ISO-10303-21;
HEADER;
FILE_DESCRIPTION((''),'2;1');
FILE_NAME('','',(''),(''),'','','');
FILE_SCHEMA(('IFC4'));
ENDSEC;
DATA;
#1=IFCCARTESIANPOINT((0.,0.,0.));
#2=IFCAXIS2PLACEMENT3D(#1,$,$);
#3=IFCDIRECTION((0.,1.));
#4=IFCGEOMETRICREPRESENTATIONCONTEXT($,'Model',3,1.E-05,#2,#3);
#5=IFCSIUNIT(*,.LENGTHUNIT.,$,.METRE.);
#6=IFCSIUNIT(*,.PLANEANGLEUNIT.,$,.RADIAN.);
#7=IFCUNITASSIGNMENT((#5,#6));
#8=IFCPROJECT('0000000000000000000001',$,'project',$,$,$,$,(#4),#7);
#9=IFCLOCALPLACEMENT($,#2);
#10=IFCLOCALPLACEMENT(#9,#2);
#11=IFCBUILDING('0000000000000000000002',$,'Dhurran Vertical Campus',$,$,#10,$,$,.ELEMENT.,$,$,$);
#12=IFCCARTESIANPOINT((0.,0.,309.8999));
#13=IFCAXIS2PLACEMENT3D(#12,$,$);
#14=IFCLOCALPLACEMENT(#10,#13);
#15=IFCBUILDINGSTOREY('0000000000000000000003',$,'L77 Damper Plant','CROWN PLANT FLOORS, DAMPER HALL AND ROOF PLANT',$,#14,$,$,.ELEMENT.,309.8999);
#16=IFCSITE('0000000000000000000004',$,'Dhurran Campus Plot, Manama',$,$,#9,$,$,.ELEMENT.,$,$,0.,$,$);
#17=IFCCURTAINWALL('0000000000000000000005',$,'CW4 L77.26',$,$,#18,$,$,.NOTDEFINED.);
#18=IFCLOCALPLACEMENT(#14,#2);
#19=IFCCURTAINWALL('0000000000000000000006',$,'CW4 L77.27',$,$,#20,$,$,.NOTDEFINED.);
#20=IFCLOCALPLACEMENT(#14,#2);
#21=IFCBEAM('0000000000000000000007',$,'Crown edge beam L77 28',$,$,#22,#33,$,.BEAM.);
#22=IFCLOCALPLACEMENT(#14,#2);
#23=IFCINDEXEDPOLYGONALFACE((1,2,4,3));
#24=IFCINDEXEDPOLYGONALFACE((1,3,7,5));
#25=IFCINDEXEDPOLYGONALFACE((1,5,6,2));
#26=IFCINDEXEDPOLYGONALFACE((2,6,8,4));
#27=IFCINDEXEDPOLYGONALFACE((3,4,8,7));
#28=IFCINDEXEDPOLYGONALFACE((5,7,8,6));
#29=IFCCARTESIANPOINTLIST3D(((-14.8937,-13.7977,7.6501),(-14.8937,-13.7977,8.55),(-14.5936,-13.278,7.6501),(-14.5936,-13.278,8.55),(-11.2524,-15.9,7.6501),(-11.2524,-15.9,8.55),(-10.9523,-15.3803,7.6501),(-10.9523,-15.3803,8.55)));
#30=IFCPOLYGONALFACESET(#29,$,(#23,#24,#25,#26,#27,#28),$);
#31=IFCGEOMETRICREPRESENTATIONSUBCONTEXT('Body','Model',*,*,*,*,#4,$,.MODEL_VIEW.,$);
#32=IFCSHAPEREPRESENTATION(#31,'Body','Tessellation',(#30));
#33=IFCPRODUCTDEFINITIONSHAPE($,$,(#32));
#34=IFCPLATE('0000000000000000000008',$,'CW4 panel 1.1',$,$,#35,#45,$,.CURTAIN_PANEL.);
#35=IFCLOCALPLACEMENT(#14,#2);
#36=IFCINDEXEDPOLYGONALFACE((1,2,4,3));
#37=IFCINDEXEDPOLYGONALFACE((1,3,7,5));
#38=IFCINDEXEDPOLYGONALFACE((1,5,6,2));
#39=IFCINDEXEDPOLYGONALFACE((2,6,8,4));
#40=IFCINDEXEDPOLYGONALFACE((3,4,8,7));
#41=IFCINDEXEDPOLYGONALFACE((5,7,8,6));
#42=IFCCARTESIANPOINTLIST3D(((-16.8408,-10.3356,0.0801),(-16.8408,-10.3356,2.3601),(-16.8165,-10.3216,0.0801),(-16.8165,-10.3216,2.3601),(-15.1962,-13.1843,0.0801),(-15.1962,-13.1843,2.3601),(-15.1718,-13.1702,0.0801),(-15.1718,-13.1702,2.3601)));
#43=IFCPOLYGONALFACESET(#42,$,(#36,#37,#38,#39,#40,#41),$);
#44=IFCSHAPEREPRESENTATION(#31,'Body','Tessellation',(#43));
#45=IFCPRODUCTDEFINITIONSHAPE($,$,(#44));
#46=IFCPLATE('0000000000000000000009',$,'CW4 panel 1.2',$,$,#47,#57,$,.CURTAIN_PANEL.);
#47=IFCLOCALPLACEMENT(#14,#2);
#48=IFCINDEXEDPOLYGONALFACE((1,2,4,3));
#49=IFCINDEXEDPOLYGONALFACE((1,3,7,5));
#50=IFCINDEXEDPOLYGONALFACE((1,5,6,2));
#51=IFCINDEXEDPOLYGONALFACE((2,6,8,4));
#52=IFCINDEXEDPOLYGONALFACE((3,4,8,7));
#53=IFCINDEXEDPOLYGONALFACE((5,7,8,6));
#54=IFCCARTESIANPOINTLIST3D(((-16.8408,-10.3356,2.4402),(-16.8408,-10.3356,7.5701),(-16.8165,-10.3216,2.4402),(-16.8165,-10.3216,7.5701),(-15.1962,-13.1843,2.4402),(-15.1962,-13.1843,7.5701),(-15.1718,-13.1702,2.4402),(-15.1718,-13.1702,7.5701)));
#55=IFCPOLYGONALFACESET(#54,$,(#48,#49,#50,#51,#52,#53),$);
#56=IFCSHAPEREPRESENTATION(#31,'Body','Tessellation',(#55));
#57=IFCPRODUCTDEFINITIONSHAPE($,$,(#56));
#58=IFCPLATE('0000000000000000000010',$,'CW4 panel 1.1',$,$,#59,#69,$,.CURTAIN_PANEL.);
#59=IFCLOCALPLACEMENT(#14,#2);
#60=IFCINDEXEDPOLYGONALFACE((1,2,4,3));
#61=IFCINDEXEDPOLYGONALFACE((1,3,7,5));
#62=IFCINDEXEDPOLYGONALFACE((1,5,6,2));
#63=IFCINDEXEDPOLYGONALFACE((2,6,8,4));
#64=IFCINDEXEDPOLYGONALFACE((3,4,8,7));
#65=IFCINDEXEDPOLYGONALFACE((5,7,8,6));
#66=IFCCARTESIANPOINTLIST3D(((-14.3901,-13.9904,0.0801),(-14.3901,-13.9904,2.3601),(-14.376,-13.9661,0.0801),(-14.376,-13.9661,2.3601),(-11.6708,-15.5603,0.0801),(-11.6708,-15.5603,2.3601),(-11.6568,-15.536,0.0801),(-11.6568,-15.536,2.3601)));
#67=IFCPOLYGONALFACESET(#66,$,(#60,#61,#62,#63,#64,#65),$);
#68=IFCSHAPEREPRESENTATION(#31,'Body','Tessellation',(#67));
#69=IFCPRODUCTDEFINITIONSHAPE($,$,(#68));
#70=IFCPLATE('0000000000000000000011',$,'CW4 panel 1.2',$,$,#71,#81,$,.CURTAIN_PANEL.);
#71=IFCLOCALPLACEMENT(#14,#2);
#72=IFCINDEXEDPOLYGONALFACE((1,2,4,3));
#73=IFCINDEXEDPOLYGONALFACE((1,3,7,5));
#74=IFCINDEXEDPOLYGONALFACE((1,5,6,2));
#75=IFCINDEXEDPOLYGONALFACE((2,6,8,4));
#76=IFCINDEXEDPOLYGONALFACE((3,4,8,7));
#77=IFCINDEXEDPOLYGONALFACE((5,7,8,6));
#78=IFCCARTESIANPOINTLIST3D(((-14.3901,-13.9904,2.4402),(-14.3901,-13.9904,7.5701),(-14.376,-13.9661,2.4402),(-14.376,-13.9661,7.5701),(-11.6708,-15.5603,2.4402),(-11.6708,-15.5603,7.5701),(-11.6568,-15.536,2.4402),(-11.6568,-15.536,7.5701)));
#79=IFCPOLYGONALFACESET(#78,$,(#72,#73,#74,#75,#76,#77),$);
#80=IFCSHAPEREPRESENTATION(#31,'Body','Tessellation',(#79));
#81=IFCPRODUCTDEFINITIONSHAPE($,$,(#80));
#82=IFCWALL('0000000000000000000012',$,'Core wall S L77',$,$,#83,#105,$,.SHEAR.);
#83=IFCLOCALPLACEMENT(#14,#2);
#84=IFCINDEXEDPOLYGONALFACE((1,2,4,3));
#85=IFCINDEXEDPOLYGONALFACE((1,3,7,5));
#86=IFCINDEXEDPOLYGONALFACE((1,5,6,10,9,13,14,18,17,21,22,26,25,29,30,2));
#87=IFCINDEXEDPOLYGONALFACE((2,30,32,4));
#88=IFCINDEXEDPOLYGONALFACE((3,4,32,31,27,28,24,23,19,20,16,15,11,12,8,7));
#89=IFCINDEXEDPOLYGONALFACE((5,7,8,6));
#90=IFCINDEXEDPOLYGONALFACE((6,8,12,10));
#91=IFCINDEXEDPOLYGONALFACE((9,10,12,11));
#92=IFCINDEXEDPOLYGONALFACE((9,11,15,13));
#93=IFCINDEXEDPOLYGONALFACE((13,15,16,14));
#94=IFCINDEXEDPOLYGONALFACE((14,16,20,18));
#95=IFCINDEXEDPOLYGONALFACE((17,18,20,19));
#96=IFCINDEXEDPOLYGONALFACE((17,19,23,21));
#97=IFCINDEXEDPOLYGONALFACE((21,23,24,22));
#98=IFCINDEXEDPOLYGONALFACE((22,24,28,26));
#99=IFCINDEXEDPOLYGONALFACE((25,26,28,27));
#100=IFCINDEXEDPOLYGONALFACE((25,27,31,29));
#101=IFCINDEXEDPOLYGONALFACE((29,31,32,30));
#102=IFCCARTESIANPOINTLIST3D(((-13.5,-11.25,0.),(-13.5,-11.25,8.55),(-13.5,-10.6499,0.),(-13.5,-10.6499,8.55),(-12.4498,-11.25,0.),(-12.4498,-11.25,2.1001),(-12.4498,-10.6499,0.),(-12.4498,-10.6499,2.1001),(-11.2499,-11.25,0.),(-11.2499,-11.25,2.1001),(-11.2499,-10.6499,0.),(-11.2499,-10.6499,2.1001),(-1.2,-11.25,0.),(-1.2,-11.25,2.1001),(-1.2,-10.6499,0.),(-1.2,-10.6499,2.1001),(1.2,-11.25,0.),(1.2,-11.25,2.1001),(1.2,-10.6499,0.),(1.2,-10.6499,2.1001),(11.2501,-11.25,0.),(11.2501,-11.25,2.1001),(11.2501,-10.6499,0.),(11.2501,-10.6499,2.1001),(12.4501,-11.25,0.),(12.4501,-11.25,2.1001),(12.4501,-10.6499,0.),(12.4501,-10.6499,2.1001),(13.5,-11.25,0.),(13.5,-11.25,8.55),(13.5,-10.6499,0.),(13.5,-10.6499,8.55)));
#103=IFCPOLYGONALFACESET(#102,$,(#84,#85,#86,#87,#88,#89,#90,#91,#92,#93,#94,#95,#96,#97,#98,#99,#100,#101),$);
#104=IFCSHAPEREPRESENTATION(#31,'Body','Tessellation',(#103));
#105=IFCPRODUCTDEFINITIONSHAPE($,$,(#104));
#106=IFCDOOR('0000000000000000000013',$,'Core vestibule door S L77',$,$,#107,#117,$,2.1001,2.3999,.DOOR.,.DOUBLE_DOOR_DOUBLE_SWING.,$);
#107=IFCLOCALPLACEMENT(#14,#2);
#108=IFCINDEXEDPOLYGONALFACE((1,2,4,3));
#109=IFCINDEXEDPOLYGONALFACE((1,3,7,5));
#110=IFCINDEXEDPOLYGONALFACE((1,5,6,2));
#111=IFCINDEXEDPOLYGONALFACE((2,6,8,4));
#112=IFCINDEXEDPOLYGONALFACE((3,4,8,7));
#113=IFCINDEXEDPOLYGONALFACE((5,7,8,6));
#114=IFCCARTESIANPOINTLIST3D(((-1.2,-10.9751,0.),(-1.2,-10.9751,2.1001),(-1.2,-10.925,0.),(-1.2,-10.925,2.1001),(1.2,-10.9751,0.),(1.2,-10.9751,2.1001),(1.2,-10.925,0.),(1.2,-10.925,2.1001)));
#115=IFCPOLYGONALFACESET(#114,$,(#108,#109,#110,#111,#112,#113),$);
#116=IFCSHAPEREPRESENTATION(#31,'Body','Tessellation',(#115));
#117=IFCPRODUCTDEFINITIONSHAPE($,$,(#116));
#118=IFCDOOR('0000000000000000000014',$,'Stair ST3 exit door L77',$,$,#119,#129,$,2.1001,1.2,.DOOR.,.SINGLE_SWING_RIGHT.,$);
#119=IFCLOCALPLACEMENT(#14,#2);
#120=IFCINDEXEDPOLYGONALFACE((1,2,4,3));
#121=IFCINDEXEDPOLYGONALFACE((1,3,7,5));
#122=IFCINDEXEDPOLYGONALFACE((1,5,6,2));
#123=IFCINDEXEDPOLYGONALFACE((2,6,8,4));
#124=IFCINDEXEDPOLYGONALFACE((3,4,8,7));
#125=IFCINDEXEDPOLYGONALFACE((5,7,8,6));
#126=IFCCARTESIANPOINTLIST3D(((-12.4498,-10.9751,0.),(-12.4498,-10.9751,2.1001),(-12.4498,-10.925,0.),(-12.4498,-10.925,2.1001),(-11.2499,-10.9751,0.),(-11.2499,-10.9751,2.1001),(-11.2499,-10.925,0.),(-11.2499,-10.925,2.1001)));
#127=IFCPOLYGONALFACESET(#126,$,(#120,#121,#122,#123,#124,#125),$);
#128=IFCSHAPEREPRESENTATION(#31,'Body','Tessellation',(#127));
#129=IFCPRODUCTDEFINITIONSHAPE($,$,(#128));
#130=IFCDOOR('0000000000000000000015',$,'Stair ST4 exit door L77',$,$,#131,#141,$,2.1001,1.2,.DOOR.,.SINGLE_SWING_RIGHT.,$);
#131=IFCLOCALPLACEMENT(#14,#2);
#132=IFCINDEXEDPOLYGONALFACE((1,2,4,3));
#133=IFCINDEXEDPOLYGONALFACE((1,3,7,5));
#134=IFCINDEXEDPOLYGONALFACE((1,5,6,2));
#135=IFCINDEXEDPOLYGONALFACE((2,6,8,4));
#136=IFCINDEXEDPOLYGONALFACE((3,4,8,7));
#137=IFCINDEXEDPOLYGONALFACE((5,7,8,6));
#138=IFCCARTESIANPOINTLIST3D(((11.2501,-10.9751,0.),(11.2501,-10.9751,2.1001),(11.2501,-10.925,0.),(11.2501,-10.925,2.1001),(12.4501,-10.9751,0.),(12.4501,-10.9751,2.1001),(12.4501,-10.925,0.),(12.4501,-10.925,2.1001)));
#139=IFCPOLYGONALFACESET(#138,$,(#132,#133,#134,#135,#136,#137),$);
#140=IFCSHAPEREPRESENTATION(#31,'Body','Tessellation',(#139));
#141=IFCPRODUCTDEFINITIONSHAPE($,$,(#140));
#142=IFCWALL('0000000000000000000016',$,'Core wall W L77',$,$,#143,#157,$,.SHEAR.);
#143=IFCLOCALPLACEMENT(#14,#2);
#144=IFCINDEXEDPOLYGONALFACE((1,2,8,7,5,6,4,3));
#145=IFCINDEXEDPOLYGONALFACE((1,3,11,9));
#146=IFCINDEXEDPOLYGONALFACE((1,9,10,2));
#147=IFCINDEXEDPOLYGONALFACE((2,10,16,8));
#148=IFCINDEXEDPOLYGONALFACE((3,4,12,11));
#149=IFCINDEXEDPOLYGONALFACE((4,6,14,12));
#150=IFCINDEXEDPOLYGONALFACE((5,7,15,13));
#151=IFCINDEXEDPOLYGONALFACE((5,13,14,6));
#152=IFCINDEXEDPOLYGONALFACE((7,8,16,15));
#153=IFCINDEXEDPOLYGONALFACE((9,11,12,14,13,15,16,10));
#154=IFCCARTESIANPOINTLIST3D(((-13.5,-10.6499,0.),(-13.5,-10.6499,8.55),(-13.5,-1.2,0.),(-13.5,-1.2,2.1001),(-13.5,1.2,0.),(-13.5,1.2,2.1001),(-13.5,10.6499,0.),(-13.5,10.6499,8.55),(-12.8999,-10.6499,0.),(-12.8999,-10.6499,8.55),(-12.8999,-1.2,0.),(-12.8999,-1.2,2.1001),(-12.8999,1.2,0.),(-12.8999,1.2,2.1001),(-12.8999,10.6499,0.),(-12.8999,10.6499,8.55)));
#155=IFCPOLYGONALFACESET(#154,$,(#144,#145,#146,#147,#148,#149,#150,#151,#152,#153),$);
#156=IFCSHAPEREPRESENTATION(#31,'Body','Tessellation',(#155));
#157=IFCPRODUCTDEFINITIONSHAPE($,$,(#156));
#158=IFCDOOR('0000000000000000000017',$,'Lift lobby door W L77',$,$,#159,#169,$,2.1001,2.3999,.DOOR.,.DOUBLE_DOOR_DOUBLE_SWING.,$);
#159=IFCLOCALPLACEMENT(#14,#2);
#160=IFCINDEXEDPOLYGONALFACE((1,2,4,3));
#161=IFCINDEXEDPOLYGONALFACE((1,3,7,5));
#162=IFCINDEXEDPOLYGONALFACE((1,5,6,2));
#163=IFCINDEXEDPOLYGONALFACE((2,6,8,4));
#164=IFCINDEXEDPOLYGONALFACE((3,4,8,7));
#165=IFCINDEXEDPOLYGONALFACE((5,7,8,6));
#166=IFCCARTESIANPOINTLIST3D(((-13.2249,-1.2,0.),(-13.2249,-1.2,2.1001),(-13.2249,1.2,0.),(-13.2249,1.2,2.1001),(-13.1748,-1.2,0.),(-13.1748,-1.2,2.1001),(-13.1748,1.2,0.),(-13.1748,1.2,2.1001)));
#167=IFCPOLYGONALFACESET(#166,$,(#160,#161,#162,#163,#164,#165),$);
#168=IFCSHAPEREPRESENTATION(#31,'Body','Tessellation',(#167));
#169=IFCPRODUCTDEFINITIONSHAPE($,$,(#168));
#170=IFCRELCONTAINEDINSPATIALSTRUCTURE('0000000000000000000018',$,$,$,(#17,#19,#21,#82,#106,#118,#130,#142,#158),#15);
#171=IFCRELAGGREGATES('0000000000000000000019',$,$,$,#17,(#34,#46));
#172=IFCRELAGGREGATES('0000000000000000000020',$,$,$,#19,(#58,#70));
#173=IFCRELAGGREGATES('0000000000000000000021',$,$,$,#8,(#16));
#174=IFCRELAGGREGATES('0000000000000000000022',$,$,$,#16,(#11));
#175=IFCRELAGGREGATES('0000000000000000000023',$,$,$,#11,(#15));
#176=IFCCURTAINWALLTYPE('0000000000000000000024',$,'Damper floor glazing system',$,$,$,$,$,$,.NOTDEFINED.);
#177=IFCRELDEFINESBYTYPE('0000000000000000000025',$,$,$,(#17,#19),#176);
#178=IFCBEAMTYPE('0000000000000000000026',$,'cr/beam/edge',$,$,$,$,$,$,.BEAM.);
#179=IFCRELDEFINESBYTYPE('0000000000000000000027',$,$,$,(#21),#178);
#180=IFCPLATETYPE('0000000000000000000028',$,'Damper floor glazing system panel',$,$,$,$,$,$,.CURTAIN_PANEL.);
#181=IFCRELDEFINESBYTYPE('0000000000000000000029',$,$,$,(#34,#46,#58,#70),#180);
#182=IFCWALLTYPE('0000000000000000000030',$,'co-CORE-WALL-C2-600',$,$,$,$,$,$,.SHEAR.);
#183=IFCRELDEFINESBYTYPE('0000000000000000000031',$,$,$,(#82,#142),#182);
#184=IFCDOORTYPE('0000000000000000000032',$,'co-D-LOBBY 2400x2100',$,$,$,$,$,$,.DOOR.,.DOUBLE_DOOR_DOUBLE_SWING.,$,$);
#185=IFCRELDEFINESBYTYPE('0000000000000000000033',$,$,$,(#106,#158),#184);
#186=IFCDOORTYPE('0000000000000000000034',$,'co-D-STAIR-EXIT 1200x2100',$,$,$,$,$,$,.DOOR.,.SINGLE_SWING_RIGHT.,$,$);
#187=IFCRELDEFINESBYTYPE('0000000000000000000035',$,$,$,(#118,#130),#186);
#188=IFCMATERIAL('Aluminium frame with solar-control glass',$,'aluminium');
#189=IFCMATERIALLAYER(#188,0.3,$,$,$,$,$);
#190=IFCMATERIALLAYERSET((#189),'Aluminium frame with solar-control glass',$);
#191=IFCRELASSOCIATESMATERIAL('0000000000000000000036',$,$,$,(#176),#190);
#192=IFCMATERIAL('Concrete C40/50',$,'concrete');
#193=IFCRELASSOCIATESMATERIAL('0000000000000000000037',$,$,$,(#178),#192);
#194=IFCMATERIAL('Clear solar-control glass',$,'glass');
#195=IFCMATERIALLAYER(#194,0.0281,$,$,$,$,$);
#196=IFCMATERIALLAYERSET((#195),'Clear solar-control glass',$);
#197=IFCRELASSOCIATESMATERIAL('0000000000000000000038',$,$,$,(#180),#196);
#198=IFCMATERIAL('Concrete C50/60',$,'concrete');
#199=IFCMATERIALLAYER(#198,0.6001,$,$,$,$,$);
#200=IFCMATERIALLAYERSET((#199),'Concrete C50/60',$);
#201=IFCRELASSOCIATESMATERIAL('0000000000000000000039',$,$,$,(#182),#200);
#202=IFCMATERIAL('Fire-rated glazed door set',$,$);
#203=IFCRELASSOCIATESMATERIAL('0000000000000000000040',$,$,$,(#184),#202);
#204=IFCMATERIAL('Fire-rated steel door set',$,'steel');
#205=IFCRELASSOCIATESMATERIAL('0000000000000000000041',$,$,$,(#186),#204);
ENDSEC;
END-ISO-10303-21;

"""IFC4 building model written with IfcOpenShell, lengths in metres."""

from ifc_helpers import new_model, si_unit, direction, frame, frame_2d, origin, origin_2d, place, context, subcontext, project, spatial, rectangle, extrude, material, layer, layer_set, material_profile, profile_set, type_object, element, fill, aggregate, save


model = new_model("IFC4")

# Units and contexts
model_context = context("Model", 3, precision=1e-05, world=origin(), true_north=direction((0.0, 1.0)))
body_context = subcontext(model_context, "Body", "Model", "MODEL_VIEW")
ifc_project = project(units=[si_unit("LENGTHUNIT", "METRE"), si_unit("PLANEANGLEUNIT", "RADIAN")], contexts=[model_context])

# Site, building, storey
site_placement = place(None, origin())
site = spatial("IfcSite", under=ifc_project, at=site_placement, Name="Dhurran Campus Plot, Manama", CompositionType="ELEMENT", RefElevation=0.0)
building_placement = place(site_placement, origin())
building = spatial("IfcBuilding", under=site, at=building_placement, Name="Dhurran Vertical Campus", CompositionType="ELEMENT")
storey_placement = place(building_placement, frame((0.0, 0.0, 309.8999)))
storey = spatial("IfcBuildingStorey", under=building, at=storey_placement, Name="L77 Damper Plant", Description="CROWN PLANT FLOORS, DAMPER HALL AND ROOF PLANT", CompositionType="ELEMENT", Elevation=309.8999)

# Curtain walls
ifc_material_1 = material(Name="Aluminium frame with solar-control glass", Category="aluminium")
ifc_layer_1 = layer(ifc_material_1, 0.3)
ifc_layer_set_1 = layer_set([ifc_layer_1], Name="Aluminium frame with solar-control glass")
curtain_wall_type = type_object("IfcCurtainWallType", Name="Damper floor glazing system", PredefinedType="NOTDEFINED", material=ifc_layer_set_1)
curtain_wall_1_placement = place(storey_placement, origin())
curtain_wall_1 = element("IfcCurtainWall", 1, at=curtain_wall_1_placement, inside=storey, type_object=curtain_wall_type, Name="CW4 L77.26", PredefinedType="NOTDEFINED")
curtain_wall_2_placement = place(storey_placement, origin())
curtain_wall_2 = element("IfcCurtainWall", 2, at=curtain_wall_2_placement, inside=storey, type_object=curtain_wall_type, Name="CW4 L77.27", PredefinedType="NOTDEFINED")

# Beam
ifc_material_2 = material(Name="Concrete C40/50", Category="concrete")
ifc_material_profile_1 = material_profile(ifc_material_2, rectangle(XDim=0.6001, YDim=0.8999, at=origin_2d()), Name="cr/beam/edge")
ifc_profile_set_1 = profile_set([ifc_material_profile_1], Name="Concrete C40/50")
beam_type = type_object("IfcBeamType", Name="cr/beam/edge", PredefinedType="BEAM", material=ifc_profile_set_1)
beam_placement = place(storey_placement, frame((-14.7437, -13.5378, 8.1001), z_axis=(0.86603, -0.499992, 0.0), x_axis=(0.499992, 0.86603, 0.0)))
element("IfcBeam", 3, at=beam_placement, inside=storey, type_object=beam_type, Name="Crown edge beam L77 28", PredefinedType="BEAM", context=body_context, shape_type="SweptSolid", body=[
    extrude(rectangle(XDim=0.6001, YDim=0.8999, at=origin_2d()), origin(), (0.0, 0.0, 1.0), 4.2046),
])

# Plates
ifc_material_3 = material(Name="Clear solar-control glass", Category="glass")
ifc_layer_2 = layer(ifc_material_3, 0.0281)
ifc_layer_set_2 = layer_set([ifc_layer_2], Name="Clear solar-control glass")
plate_type = type_object("IfcPlateType", Name="Damper floor glazing system panel", PredefinedType="CURTAIN_PANEL", material=ifc_layer_set_2)
plate_1_placement = place(storey_placement, frame((-16.0063, -11.7529, 0.0801), z_axis=(0.0, 0.0, 1.0), x_axis=(0.500009, -0.86602, 0.0)))
plate_1 = element("IfcPlate", 4, at=plate_1_placement, type_object=plate_type, Name="CW4 panel 1.1", PredefinedType="CURTAIN_PANEL", context=body_context, shape_type="SweptSolid", body=[
    extrude(rectangle(XDim=3.2893, YDim=0.0281, at=origin_2d()), origin(), (0.0, 0.0, 1.0), 2.28),
])
plate_2_placement = place(storey_placement, frame((-16.0063, -11.7529, 2.4402), z_axis=(0.0, 0.0, 1.0), x_axis=(0.500009, -0.86602, 0.0)))
plate_2 = element("IfcPlate", 5, at=plate_2_placement, type_object=plate_type, Name="CW4 panel 1.2", PredefinedType="CURTAIN_PANEL", context=body_context, shape_type="SweptSolid", body=[
    extrude(rectangle(XDim=3.2893, YDim=0.0281, at=origin_2d()), origin(), (0.0, 0.0, 1.0), 5.1299),
])
aggregate(curtain_wall_1, [plate_1, plate_2])
plate_3_placement = place(storey_placement, frame((-13.0234, -14.7632, 0.0801), z_axis=(0.0, 0.0, 1.0), x_axis=(0.866025, -0.500001, 0.0)))
plate_3 = element("IfcPlate", 6, at=plate_3_placement, type_object=plate_type, Name="CW4 panel 1.1", PredefinedType="CURTAIN_PANEL", context=body_context, shape_type="SweptSolid", body=[
    extrude(rectangle(XDim=3.1399, YDim=0.0281, at=origin_2d()), origin(), (0.0, 0.0, 1.0), 2.28),
])
plate_4_placement = place(storey_placement, frame((-13.0234, -14.7632, 2.4402), z_axis=(0.0, 0.0, 1.0), x_axis=(0.866025, -0.500001, 0.0)))
plate_4 = element("IfcPlate", 7, at=plate_4_placement, type_object=plate_type, Name="CW4 panel 1.2", PredefinedType="CURTAIN_PANEL", context=body_context, shape_type="SweptSolid", body=[
    extrude(rectangle(XDim=3.1399, YDim=0.0281, at=origin_2d()), origin(), (0.0, 0.0, 1.0), 5.1299),
])
aggregate(curtain_wall_2, [plate_3, plate_4])

# Wall, openings, doors
ifc_material_4 = material(Name="Concrete C50/60", Category="concrete")
ifc_layer_3 = layer(ifc_material_4, 0.6001)
ifc_layer_set_3 = layer_set([ifc_layer_3], Name="Concrete C50/60")
wall_type_1 = type_object("IfcWallType", Name="co-CORE-WALL-C2-600", PredefinedType="SHEAR", material=ifc_layer_set_3)
wall_1_placement = place(storey_placement, frame((-13.5, -10.95, 0.0), z_axis=(0.0, 0.0, 1.0), x_axis=(1.0, 0.0, 0.0)))
wall_1 = element("IfcWall", 8, at=wall_1_placement, inside=storey, type_object=wall_type_1, Name="Core wall S L77", PredefinedType="SHEAR", context=body_context, shape_type="SweptSolid", body=[
    extrude(rectangle(XDim=27.0, YDim=0.6001, at=frame_2d((13.5, 0.0))), origin(), (0.0, 0.0, 1.0), 8.55),
])
opening_1_placement = place(wall_1_placement, frame((12.3, 0.0, 0.0)))
opening_1 = element("IfcOpeningElement", 9, at=opening_1_placement, cuts=wall_1, PredefinedType="OPENING", context=body_context, shape_type="SweptSolid", body=[
    extrude(rectangle(XDim=2.3999, YDim=2.1001, at=frame_2d((1.2, 1.05))), frame((0.0, 0.3101, 0.0), z_axis=(0.0, -1.0, 0.0), x_axis=(1.0, 0.0, 0.0)), (0.0, 0.0, 1.0), 0.6201),
])
opening_2_placement = place(wall_1_placement, frame((1.05, 0.0, 0.0)))
opening_2 = element("IfcOpeningElement", 10, at=opening_2_placement, cuts=wall_1, PredefinedType="OPENING", context=body_context, shape_type="SweptSolid", body=[
    extrude(rectangle(XDim=1.2, YDim=2.1001, at=frame_2d((0.6001, 1.05))), frame((0.0, 0.3101, 0.0), z_axis=(0.0, -1.0, 0.0), x_axis=(1.0, 0.0, 0.0)), (0.0, 0.0, 1.0), 0.6201),
])
opening_3_placement = place(wall_1_placement, frame((24.75, 0.0, 0.0)))
opening_3 = element("IfcOpeningElement", 11, at=opening_3_placement, cuts=wall_1, PredefinedType="OPENING", context=body_context, shape_type="SweptSolid", body=[
    extrude(rectangle(XDim=1.2, YDim=2.1001, at=frame_2d((0.6001, 1.05))), frame((0.0, 0.3101, 0.0), z_axis=(0.0, -1.0, 0.0), x_axis=(1.0, 0.0, 0.0)), (0.0, 0.0, 1.0), 0.6201),
])
ifc_material_5 = material(Name="Fire-rated glazed door set")
door_type_1 = type_object("IfcDoorType", Name="co-D-LOBBY 2400x2100", OperationType="DOUBLE_DOOR_DOUBLE_SWING", PredefinedType="DOOR", material=ifc_material_5)
door_1_placement = place(opening_1_placement, origin())
door_1 = element("IfcDoor", 12, at=door_1_placement, inside=storey, type_object=door_type_1, Name="Core vestibule door S L77", OperationType="DOUBLE_DOOR_DOUBLE_SWING", OverallHeight=2.1001, OverallWidth=2.3999, PredefinedType="DOOR", context=body_context, shape_type="SweptSolid", body=[
    extrude(rectangle(XDim=2.3999, YDim=2.1001, at=frame_2d((1.2, 1.05))), frame((0.0, 0.0249, 0.0), z_axis=(0.0, -1.0, 0.0), x_axis=(1.0, 0.0, 0.0)), (0.0, 0.0, 1.0), 0.05),
])
fill(opening_1, door_1)
ifc_material_6 = material(Name="Fire-rated steel door set", Category="steel")
door_type_2 = type_object("IfcDoorType", Name="co-D-STAIR-EXIT 1200x2100", OperationType="SINGLE_SWING_RIGHT", PredefinedType="DOOR", material=ifc_material_6)
door_2_placement = place(opening_2_placement, origin())
door_2 = element("IfcDoor", 13, at=door_2_placement, inside=storey, type_object=door_type_2, Name="Stair ST3 exit door L77", OperationType="SINGLE_SWING_RIGHT", OverallHeight=2.1001, OverallWidth=1.2, PredefinedType="DOOR", context=body_context, shape_type="SweptSolid", body=[
    extrude(rectangle(XDim=1.2, YDim=2.1001, at=frame_2d((0.6001, 1.05))), frame((0.0, 0.0249, 0.0), z_axis=(0.0, -1.0, 0.0), x_axis=(1.0, 0.0, 0.0)), (0.0, 0.0, 1.0), 0.05),
])
fill(opening_2, door_2)
door_3_placement = place(opening_3_placement, origin())
door_3 = element("IfcDoor", 14, at=door_3_placement, inside=storey, type_object=door_type_2, Name="Stair ST4 exit door L77", OperationType="SINGLE_SWING_RIGHT", OverallHeight=2.1001, OverallWidth=1.2, PredefinedType="DOOR", context=body_context, shape_type="SweptSolid", body=[
    extrude(rectangle(XDim=1.2, YDim=2.1001, at=frame_2d((0.6001, 1.05))), frame((0.0, 0.0249, 0.0), z_axis=(0.0, -1.0, 0.0), x_axis=(1.0, 0.0, 0.0)), (0.0, 0.0, 1.0), 0.05),
])
fill(opening_3, door_3)

# Wall, opening, door
wall_2_placement = place(storey_placement, frame((-13.2, -10.6499, 0.0), z_axis=(0.0, 0.0, 1.0), x_axis=(0.0, 1.0, 0.0)))
wall_2 = element("IfcWall", 15, at=wall_2_placement, inside=storey, type_object=wall_type_1, Name="Core wall W L77", PredefinedType="SHEAR", context=body_context, shape_type="SweptSolid", body=[
    extrude(rectangle(XDim=21.2998, YDim=0.6001, at=frame_2d((10.6499, 0.0))), origin(), (0.0, 0.0, 1.0), 8.55),
])
opening_4_placement = place(wall_2_placement, frame((9.45, 0.0, 0.0)))
opening_4 = element("IfcOpeningElement", 16, at=opening_4_placement, cuts=wall_2, PredefinedType="OPENING", context=body_context, shape_type="SweptSolid", body=[
    extrude(rectangle(XDim=2.3999, YDim=2.1001, at=frame_2d((1.2, 1.05))), frame((0.0, 0.3101, 0.0), z_axis=(0.0, -1.0, 0.0), x_axis=(1.0, 0.0, 0.0)), (0.0, 0.0, 1.0), 0.6201),
])
door_4_placement = place(opening_4_placement, origin())
door_4 = element("IfcDoor", 17, at=door_4_placement, inside=storey, type_object=door_type_1, Name="Lift lobby door W L77", OperationType="DOUBLE_DOOR_DOUBLE_SWING", OverallHeight=2.1001, OverallWidth=2.3999, PredefinedType="DOOR", context=body_context, shape_type="SweptSolid", body=[
    extrude(rectangle(XDim=2.3999, YDim=2.1001, at=frame_2d((1.2, 1.05))), frame((0.0, 0.0249, 0.0), z_axis=(0.0, -1.0, 0.0), x_axis=(1.0, 0.0, 0.0)), (0.0, 0.0, 1.0), 0.05),
])
fill(opening_4, door_4)

save(model, "model.ifc")
